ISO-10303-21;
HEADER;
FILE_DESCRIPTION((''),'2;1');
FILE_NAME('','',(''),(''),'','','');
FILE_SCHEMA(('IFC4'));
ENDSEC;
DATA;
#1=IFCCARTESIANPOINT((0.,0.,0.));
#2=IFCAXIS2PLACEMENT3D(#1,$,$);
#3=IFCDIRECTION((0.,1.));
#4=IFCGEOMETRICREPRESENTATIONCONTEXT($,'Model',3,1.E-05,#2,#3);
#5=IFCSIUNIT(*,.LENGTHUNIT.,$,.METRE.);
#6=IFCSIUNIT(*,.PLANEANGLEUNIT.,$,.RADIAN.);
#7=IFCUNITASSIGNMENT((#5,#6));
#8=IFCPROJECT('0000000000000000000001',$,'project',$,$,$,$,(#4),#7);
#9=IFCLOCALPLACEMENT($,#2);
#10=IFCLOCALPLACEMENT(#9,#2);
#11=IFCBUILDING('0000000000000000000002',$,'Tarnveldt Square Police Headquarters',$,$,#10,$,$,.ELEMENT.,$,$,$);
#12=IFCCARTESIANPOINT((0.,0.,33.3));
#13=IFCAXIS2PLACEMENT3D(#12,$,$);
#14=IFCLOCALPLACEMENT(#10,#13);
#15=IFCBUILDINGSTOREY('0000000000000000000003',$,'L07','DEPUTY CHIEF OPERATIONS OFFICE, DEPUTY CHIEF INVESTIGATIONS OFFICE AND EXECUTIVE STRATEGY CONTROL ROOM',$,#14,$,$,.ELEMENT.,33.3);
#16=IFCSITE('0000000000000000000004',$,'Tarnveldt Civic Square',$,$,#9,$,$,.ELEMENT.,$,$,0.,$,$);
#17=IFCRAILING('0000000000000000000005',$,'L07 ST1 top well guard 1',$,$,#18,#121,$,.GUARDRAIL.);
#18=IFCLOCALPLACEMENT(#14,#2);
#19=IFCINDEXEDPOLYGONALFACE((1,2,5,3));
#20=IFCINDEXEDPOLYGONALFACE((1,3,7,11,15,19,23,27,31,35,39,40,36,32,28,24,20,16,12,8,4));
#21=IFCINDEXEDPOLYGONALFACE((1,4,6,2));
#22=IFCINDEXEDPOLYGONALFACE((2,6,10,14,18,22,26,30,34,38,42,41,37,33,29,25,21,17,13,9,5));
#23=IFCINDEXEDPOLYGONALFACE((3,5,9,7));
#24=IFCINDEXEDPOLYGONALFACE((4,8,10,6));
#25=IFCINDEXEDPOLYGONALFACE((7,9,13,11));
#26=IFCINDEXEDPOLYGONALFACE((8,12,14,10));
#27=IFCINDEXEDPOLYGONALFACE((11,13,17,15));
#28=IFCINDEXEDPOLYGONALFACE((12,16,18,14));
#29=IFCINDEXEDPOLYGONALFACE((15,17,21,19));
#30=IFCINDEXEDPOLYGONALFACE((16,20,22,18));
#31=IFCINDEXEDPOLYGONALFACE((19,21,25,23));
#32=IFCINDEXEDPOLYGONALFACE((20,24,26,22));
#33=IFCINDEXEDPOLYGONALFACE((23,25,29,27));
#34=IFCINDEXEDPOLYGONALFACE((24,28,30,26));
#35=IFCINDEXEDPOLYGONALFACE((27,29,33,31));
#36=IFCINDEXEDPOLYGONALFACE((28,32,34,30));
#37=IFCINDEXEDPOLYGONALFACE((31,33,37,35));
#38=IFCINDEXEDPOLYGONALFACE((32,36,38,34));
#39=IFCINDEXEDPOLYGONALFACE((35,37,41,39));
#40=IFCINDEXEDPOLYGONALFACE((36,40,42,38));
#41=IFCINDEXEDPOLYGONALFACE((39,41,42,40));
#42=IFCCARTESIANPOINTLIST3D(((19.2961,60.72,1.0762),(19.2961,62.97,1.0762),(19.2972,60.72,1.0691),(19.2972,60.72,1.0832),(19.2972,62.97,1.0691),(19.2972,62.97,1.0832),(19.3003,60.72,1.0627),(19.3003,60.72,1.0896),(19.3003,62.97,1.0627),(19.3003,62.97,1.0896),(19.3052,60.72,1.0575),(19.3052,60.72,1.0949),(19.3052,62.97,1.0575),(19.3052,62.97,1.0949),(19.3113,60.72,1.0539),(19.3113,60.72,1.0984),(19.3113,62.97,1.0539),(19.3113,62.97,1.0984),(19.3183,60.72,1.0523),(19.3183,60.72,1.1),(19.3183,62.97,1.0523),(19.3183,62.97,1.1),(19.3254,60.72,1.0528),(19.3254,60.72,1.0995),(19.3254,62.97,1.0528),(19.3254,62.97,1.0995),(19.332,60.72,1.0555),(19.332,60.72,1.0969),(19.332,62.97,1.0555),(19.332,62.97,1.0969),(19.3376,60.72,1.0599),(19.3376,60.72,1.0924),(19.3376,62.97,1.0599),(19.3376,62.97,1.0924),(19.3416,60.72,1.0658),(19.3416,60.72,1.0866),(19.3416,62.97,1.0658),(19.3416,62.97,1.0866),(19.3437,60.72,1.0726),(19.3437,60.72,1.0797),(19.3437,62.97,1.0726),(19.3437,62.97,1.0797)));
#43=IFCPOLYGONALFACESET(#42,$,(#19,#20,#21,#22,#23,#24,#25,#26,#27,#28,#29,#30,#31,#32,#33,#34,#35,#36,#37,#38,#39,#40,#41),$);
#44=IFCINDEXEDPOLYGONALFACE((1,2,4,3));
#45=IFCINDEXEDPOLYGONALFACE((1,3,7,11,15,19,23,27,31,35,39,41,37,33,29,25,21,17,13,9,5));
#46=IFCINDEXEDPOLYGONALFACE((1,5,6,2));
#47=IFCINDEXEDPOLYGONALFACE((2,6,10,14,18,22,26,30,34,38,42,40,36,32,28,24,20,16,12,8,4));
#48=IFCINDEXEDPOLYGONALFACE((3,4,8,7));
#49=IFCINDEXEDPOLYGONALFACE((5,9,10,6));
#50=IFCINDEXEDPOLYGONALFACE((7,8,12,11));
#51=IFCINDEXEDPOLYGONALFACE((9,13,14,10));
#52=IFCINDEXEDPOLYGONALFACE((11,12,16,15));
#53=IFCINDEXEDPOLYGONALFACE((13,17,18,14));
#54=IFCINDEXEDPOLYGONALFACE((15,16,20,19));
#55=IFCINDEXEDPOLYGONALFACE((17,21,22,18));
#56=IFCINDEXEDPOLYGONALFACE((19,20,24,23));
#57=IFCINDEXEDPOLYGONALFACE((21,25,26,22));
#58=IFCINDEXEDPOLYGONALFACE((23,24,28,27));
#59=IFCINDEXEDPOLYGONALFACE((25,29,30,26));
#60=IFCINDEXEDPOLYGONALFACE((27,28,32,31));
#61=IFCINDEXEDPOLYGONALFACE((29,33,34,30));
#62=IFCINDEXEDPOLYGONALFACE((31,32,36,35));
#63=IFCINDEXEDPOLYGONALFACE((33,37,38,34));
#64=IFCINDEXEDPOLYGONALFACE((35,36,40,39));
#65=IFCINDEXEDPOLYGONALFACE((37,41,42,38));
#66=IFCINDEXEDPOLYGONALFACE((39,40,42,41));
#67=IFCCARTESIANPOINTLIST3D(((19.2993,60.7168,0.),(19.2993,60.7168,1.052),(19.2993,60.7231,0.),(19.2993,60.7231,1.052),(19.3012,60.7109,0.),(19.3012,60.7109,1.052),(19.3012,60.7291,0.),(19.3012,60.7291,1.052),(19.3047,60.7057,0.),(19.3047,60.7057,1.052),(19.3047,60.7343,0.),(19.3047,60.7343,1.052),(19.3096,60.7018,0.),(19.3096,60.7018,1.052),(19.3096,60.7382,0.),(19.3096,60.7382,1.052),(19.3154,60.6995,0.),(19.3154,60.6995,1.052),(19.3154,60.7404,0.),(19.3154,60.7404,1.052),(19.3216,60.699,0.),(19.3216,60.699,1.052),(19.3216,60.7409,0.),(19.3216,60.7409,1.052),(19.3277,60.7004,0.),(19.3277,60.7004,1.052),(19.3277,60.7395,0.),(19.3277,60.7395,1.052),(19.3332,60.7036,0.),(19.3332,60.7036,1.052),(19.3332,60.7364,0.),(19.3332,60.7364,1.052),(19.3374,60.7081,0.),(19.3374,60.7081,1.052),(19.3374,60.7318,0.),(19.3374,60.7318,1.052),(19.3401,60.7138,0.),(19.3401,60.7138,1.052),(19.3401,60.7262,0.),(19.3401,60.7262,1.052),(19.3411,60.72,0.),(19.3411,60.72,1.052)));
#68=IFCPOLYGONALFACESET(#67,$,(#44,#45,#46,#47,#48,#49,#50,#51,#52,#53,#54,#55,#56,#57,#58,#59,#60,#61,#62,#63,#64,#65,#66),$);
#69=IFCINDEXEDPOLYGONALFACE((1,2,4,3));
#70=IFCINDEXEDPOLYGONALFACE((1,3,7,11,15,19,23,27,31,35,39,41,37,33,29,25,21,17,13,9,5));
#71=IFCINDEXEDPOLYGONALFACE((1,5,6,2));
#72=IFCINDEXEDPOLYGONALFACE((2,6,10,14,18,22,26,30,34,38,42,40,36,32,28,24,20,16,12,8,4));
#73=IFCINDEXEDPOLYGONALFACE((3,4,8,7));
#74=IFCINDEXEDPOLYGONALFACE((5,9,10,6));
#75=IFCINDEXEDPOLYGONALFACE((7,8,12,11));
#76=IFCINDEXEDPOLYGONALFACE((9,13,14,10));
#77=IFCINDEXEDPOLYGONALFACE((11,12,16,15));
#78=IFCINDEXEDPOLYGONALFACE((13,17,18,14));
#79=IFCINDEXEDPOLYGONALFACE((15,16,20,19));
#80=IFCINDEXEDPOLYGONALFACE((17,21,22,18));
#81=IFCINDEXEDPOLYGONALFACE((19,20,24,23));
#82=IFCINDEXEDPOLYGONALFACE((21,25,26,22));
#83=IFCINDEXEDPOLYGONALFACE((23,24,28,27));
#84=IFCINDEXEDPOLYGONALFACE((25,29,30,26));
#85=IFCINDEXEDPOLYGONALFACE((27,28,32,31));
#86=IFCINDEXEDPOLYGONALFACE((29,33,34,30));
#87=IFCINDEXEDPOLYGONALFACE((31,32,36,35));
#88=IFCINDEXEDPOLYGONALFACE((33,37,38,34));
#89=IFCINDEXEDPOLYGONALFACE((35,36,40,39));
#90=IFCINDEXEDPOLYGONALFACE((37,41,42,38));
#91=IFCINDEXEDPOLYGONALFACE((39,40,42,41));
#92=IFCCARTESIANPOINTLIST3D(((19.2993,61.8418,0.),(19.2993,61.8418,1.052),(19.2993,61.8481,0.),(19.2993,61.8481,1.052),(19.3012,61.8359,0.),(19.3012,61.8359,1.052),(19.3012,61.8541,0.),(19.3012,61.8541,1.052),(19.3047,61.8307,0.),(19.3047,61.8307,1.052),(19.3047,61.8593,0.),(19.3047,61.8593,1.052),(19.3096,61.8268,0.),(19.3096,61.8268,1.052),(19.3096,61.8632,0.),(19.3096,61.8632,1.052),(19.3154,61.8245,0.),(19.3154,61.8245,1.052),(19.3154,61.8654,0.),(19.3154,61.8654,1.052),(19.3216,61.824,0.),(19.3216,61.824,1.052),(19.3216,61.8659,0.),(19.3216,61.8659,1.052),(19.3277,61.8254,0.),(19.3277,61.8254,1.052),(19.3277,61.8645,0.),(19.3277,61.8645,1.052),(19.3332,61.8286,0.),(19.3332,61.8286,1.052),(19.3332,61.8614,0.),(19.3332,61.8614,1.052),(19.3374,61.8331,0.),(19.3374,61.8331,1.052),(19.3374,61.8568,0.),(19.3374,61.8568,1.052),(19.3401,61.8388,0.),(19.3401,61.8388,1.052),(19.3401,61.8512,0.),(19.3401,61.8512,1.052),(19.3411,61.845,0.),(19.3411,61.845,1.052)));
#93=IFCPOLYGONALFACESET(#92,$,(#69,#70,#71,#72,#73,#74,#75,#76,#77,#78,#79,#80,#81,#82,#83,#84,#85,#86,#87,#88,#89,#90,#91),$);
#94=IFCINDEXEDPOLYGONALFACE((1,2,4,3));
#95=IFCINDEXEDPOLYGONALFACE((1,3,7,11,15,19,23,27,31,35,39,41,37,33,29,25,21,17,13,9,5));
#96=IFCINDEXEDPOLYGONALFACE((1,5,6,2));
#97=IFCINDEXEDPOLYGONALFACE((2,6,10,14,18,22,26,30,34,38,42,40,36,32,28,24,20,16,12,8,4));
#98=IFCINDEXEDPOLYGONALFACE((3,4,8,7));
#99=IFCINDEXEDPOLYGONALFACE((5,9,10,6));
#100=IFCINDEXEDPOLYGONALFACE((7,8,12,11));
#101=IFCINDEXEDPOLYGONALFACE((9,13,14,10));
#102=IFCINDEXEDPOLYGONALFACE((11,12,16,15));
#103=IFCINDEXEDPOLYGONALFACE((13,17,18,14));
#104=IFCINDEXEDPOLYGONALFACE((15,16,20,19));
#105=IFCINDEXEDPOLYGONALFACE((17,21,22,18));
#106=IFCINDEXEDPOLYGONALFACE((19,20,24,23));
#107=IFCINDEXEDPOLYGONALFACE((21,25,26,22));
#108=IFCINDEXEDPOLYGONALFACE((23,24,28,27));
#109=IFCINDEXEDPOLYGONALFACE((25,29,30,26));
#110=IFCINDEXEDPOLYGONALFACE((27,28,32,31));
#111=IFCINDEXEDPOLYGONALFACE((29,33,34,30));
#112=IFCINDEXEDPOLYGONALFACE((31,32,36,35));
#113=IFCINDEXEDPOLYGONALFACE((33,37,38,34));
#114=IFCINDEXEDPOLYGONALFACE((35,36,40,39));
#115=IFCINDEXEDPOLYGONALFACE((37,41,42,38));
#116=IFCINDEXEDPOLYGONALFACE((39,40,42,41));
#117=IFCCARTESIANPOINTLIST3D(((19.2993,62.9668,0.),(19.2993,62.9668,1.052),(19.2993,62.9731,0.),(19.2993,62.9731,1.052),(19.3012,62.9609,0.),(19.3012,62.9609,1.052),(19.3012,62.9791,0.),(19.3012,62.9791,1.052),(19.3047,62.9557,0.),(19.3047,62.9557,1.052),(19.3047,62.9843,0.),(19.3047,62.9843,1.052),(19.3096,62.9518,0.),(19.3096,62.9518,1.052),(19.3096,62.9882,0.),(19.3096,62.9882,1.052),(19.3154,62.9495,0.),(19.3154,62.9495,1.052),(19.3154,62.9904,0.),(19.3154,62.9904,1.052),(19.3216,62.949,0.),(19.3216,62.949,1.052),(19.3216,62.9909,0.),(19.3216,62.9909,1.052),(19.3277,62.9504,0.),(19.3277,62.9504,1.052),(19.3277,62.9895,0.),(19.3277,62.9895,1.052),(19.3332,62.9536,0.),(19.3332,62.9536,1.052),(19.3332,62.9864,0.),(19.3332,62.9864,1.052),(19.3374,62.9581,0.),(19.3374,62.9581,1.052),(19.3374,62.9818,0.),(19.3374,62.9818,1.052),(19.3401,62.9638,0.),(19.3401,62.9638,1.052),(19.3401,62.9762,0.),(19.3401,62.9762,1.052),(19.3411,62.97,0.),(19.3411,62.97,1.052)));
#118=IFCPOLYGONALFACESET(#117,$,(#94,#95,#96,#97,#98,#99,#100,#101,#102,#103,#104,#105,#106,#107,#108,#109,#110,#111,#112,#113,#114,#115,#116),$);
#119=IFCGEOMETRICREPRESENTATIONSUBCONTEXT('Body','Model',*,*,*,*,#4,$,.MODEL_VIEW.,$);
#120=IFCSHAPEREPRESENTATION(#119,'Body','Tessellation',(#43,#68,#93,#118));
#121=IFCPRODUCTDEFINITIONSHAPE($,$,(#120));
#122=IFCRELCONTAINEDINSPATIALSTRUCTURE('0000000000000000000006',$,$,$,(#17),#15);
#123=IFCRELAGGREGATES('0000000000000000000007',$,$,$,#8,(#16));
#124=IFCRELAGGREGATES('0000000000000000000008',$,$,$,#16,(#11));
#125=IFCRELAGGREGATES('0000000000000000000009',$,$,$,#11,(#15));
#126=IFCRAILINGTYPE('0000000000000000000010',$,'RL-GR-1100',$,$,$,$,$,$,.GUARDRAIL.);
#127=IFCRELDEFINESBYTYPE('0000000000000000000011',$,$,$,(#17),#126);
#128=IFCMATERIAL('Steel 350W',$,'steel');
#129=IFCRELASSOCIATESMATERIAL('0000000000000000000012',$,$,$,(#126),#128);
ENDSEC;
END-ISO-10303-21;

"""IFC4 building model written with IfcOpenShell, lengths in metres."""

from ifc_helpers import new_model, si_unit, direction, frame, origin, origin_2d, place, context, subcontext, project, spatial, circle, extrude, material, type_object, element, save


model = new_model("IFC4")

# Units and contexts
model_context = context("Model", 3, precision=1e-05, world=origin(), true_north=direction((0.0, 1.0)))
body_context = subcontext(model_context, "Body", "Model", "MODEL_VIEW")
ifc_project = project(units=[si_unit("LENGTHUNIT", "METRE"), si_unit("PLANEANGLEUNIT", "RADIAN")], contexts=[model_context])

# Site, building, storey
site_placement = place(None, origin())
site = spatial("IfcSite", under=ifc_project, at=site_placement, Name="Tarnveldt Civic Square", CompositionType="ELEMENT", RefElevation=0.0)
building_placement = place(site_placement, origin())
building = spatial("IfcBuilding", under=site, at=building_placement, Name="Tarnveldt Square Police Headquarters", CompositionType="ELEMENT")
storey_placement = place(building_placement, frame((0.0, 0.0, 33.3)))
storey = spatial("IfcBuildingStorey", under=building, at=storey_placement, Name="L07", Description="DEPUTY CHIEF OPERATIONS OFFICE, DEPUTY CHIEF INVESTIGATIONS OFFICE AND EXECUTIVE STRATEGY CONTROL ROOM", CompositionType="ELEMENT", Elevation=33.3)

# Shared definitions
ifc_material_1 = material(Name="Steel 350W", Category="steel")

# Railing
railing_type = type_object("IfcRailingType", Name="RL-GR-1100", PredefinedType="GUARDRAIL", material=ifc_material_1)
railing_1_placement = place(storey_placement, frame((19.3201, 60.72, 0.0)))
element("IfcRailing", 1, at=railing_1_placement, inside=storey, type_object=railing_type, Name="L07 ST1 top well guard 1", PredefinedType="GUARDRAIL", context=body_context, shape_type="SweptSolid", body=[
    extrude(circle(Radius=0.0239, at=origin_2d()), frame((0.0, 0.0, 1.0762), z_axis=(0.0, 1.0, 0.0), x_axis=(-1.0, 0.0, 0.0)), (0.0, 0.0, 1.0), 2.25),
    extrude(circle(Radius=0.021, at=origin_2d()), origin(), (0.0, 0.0, 1.0), 1.052),
    extrude(circle(Radius=0.021, at=origin_2d()), frame((0.0, 1.125, 0.0)), (0.0, 0.0, 1.0), 1.052),
    extrude(circle(Radius=0.021, at=origin_2d()), frame((0.0, 2.25, 0.0)), (0.0, 0.0, 1.0), 1.052),
])

save(model, "model.ifc")
